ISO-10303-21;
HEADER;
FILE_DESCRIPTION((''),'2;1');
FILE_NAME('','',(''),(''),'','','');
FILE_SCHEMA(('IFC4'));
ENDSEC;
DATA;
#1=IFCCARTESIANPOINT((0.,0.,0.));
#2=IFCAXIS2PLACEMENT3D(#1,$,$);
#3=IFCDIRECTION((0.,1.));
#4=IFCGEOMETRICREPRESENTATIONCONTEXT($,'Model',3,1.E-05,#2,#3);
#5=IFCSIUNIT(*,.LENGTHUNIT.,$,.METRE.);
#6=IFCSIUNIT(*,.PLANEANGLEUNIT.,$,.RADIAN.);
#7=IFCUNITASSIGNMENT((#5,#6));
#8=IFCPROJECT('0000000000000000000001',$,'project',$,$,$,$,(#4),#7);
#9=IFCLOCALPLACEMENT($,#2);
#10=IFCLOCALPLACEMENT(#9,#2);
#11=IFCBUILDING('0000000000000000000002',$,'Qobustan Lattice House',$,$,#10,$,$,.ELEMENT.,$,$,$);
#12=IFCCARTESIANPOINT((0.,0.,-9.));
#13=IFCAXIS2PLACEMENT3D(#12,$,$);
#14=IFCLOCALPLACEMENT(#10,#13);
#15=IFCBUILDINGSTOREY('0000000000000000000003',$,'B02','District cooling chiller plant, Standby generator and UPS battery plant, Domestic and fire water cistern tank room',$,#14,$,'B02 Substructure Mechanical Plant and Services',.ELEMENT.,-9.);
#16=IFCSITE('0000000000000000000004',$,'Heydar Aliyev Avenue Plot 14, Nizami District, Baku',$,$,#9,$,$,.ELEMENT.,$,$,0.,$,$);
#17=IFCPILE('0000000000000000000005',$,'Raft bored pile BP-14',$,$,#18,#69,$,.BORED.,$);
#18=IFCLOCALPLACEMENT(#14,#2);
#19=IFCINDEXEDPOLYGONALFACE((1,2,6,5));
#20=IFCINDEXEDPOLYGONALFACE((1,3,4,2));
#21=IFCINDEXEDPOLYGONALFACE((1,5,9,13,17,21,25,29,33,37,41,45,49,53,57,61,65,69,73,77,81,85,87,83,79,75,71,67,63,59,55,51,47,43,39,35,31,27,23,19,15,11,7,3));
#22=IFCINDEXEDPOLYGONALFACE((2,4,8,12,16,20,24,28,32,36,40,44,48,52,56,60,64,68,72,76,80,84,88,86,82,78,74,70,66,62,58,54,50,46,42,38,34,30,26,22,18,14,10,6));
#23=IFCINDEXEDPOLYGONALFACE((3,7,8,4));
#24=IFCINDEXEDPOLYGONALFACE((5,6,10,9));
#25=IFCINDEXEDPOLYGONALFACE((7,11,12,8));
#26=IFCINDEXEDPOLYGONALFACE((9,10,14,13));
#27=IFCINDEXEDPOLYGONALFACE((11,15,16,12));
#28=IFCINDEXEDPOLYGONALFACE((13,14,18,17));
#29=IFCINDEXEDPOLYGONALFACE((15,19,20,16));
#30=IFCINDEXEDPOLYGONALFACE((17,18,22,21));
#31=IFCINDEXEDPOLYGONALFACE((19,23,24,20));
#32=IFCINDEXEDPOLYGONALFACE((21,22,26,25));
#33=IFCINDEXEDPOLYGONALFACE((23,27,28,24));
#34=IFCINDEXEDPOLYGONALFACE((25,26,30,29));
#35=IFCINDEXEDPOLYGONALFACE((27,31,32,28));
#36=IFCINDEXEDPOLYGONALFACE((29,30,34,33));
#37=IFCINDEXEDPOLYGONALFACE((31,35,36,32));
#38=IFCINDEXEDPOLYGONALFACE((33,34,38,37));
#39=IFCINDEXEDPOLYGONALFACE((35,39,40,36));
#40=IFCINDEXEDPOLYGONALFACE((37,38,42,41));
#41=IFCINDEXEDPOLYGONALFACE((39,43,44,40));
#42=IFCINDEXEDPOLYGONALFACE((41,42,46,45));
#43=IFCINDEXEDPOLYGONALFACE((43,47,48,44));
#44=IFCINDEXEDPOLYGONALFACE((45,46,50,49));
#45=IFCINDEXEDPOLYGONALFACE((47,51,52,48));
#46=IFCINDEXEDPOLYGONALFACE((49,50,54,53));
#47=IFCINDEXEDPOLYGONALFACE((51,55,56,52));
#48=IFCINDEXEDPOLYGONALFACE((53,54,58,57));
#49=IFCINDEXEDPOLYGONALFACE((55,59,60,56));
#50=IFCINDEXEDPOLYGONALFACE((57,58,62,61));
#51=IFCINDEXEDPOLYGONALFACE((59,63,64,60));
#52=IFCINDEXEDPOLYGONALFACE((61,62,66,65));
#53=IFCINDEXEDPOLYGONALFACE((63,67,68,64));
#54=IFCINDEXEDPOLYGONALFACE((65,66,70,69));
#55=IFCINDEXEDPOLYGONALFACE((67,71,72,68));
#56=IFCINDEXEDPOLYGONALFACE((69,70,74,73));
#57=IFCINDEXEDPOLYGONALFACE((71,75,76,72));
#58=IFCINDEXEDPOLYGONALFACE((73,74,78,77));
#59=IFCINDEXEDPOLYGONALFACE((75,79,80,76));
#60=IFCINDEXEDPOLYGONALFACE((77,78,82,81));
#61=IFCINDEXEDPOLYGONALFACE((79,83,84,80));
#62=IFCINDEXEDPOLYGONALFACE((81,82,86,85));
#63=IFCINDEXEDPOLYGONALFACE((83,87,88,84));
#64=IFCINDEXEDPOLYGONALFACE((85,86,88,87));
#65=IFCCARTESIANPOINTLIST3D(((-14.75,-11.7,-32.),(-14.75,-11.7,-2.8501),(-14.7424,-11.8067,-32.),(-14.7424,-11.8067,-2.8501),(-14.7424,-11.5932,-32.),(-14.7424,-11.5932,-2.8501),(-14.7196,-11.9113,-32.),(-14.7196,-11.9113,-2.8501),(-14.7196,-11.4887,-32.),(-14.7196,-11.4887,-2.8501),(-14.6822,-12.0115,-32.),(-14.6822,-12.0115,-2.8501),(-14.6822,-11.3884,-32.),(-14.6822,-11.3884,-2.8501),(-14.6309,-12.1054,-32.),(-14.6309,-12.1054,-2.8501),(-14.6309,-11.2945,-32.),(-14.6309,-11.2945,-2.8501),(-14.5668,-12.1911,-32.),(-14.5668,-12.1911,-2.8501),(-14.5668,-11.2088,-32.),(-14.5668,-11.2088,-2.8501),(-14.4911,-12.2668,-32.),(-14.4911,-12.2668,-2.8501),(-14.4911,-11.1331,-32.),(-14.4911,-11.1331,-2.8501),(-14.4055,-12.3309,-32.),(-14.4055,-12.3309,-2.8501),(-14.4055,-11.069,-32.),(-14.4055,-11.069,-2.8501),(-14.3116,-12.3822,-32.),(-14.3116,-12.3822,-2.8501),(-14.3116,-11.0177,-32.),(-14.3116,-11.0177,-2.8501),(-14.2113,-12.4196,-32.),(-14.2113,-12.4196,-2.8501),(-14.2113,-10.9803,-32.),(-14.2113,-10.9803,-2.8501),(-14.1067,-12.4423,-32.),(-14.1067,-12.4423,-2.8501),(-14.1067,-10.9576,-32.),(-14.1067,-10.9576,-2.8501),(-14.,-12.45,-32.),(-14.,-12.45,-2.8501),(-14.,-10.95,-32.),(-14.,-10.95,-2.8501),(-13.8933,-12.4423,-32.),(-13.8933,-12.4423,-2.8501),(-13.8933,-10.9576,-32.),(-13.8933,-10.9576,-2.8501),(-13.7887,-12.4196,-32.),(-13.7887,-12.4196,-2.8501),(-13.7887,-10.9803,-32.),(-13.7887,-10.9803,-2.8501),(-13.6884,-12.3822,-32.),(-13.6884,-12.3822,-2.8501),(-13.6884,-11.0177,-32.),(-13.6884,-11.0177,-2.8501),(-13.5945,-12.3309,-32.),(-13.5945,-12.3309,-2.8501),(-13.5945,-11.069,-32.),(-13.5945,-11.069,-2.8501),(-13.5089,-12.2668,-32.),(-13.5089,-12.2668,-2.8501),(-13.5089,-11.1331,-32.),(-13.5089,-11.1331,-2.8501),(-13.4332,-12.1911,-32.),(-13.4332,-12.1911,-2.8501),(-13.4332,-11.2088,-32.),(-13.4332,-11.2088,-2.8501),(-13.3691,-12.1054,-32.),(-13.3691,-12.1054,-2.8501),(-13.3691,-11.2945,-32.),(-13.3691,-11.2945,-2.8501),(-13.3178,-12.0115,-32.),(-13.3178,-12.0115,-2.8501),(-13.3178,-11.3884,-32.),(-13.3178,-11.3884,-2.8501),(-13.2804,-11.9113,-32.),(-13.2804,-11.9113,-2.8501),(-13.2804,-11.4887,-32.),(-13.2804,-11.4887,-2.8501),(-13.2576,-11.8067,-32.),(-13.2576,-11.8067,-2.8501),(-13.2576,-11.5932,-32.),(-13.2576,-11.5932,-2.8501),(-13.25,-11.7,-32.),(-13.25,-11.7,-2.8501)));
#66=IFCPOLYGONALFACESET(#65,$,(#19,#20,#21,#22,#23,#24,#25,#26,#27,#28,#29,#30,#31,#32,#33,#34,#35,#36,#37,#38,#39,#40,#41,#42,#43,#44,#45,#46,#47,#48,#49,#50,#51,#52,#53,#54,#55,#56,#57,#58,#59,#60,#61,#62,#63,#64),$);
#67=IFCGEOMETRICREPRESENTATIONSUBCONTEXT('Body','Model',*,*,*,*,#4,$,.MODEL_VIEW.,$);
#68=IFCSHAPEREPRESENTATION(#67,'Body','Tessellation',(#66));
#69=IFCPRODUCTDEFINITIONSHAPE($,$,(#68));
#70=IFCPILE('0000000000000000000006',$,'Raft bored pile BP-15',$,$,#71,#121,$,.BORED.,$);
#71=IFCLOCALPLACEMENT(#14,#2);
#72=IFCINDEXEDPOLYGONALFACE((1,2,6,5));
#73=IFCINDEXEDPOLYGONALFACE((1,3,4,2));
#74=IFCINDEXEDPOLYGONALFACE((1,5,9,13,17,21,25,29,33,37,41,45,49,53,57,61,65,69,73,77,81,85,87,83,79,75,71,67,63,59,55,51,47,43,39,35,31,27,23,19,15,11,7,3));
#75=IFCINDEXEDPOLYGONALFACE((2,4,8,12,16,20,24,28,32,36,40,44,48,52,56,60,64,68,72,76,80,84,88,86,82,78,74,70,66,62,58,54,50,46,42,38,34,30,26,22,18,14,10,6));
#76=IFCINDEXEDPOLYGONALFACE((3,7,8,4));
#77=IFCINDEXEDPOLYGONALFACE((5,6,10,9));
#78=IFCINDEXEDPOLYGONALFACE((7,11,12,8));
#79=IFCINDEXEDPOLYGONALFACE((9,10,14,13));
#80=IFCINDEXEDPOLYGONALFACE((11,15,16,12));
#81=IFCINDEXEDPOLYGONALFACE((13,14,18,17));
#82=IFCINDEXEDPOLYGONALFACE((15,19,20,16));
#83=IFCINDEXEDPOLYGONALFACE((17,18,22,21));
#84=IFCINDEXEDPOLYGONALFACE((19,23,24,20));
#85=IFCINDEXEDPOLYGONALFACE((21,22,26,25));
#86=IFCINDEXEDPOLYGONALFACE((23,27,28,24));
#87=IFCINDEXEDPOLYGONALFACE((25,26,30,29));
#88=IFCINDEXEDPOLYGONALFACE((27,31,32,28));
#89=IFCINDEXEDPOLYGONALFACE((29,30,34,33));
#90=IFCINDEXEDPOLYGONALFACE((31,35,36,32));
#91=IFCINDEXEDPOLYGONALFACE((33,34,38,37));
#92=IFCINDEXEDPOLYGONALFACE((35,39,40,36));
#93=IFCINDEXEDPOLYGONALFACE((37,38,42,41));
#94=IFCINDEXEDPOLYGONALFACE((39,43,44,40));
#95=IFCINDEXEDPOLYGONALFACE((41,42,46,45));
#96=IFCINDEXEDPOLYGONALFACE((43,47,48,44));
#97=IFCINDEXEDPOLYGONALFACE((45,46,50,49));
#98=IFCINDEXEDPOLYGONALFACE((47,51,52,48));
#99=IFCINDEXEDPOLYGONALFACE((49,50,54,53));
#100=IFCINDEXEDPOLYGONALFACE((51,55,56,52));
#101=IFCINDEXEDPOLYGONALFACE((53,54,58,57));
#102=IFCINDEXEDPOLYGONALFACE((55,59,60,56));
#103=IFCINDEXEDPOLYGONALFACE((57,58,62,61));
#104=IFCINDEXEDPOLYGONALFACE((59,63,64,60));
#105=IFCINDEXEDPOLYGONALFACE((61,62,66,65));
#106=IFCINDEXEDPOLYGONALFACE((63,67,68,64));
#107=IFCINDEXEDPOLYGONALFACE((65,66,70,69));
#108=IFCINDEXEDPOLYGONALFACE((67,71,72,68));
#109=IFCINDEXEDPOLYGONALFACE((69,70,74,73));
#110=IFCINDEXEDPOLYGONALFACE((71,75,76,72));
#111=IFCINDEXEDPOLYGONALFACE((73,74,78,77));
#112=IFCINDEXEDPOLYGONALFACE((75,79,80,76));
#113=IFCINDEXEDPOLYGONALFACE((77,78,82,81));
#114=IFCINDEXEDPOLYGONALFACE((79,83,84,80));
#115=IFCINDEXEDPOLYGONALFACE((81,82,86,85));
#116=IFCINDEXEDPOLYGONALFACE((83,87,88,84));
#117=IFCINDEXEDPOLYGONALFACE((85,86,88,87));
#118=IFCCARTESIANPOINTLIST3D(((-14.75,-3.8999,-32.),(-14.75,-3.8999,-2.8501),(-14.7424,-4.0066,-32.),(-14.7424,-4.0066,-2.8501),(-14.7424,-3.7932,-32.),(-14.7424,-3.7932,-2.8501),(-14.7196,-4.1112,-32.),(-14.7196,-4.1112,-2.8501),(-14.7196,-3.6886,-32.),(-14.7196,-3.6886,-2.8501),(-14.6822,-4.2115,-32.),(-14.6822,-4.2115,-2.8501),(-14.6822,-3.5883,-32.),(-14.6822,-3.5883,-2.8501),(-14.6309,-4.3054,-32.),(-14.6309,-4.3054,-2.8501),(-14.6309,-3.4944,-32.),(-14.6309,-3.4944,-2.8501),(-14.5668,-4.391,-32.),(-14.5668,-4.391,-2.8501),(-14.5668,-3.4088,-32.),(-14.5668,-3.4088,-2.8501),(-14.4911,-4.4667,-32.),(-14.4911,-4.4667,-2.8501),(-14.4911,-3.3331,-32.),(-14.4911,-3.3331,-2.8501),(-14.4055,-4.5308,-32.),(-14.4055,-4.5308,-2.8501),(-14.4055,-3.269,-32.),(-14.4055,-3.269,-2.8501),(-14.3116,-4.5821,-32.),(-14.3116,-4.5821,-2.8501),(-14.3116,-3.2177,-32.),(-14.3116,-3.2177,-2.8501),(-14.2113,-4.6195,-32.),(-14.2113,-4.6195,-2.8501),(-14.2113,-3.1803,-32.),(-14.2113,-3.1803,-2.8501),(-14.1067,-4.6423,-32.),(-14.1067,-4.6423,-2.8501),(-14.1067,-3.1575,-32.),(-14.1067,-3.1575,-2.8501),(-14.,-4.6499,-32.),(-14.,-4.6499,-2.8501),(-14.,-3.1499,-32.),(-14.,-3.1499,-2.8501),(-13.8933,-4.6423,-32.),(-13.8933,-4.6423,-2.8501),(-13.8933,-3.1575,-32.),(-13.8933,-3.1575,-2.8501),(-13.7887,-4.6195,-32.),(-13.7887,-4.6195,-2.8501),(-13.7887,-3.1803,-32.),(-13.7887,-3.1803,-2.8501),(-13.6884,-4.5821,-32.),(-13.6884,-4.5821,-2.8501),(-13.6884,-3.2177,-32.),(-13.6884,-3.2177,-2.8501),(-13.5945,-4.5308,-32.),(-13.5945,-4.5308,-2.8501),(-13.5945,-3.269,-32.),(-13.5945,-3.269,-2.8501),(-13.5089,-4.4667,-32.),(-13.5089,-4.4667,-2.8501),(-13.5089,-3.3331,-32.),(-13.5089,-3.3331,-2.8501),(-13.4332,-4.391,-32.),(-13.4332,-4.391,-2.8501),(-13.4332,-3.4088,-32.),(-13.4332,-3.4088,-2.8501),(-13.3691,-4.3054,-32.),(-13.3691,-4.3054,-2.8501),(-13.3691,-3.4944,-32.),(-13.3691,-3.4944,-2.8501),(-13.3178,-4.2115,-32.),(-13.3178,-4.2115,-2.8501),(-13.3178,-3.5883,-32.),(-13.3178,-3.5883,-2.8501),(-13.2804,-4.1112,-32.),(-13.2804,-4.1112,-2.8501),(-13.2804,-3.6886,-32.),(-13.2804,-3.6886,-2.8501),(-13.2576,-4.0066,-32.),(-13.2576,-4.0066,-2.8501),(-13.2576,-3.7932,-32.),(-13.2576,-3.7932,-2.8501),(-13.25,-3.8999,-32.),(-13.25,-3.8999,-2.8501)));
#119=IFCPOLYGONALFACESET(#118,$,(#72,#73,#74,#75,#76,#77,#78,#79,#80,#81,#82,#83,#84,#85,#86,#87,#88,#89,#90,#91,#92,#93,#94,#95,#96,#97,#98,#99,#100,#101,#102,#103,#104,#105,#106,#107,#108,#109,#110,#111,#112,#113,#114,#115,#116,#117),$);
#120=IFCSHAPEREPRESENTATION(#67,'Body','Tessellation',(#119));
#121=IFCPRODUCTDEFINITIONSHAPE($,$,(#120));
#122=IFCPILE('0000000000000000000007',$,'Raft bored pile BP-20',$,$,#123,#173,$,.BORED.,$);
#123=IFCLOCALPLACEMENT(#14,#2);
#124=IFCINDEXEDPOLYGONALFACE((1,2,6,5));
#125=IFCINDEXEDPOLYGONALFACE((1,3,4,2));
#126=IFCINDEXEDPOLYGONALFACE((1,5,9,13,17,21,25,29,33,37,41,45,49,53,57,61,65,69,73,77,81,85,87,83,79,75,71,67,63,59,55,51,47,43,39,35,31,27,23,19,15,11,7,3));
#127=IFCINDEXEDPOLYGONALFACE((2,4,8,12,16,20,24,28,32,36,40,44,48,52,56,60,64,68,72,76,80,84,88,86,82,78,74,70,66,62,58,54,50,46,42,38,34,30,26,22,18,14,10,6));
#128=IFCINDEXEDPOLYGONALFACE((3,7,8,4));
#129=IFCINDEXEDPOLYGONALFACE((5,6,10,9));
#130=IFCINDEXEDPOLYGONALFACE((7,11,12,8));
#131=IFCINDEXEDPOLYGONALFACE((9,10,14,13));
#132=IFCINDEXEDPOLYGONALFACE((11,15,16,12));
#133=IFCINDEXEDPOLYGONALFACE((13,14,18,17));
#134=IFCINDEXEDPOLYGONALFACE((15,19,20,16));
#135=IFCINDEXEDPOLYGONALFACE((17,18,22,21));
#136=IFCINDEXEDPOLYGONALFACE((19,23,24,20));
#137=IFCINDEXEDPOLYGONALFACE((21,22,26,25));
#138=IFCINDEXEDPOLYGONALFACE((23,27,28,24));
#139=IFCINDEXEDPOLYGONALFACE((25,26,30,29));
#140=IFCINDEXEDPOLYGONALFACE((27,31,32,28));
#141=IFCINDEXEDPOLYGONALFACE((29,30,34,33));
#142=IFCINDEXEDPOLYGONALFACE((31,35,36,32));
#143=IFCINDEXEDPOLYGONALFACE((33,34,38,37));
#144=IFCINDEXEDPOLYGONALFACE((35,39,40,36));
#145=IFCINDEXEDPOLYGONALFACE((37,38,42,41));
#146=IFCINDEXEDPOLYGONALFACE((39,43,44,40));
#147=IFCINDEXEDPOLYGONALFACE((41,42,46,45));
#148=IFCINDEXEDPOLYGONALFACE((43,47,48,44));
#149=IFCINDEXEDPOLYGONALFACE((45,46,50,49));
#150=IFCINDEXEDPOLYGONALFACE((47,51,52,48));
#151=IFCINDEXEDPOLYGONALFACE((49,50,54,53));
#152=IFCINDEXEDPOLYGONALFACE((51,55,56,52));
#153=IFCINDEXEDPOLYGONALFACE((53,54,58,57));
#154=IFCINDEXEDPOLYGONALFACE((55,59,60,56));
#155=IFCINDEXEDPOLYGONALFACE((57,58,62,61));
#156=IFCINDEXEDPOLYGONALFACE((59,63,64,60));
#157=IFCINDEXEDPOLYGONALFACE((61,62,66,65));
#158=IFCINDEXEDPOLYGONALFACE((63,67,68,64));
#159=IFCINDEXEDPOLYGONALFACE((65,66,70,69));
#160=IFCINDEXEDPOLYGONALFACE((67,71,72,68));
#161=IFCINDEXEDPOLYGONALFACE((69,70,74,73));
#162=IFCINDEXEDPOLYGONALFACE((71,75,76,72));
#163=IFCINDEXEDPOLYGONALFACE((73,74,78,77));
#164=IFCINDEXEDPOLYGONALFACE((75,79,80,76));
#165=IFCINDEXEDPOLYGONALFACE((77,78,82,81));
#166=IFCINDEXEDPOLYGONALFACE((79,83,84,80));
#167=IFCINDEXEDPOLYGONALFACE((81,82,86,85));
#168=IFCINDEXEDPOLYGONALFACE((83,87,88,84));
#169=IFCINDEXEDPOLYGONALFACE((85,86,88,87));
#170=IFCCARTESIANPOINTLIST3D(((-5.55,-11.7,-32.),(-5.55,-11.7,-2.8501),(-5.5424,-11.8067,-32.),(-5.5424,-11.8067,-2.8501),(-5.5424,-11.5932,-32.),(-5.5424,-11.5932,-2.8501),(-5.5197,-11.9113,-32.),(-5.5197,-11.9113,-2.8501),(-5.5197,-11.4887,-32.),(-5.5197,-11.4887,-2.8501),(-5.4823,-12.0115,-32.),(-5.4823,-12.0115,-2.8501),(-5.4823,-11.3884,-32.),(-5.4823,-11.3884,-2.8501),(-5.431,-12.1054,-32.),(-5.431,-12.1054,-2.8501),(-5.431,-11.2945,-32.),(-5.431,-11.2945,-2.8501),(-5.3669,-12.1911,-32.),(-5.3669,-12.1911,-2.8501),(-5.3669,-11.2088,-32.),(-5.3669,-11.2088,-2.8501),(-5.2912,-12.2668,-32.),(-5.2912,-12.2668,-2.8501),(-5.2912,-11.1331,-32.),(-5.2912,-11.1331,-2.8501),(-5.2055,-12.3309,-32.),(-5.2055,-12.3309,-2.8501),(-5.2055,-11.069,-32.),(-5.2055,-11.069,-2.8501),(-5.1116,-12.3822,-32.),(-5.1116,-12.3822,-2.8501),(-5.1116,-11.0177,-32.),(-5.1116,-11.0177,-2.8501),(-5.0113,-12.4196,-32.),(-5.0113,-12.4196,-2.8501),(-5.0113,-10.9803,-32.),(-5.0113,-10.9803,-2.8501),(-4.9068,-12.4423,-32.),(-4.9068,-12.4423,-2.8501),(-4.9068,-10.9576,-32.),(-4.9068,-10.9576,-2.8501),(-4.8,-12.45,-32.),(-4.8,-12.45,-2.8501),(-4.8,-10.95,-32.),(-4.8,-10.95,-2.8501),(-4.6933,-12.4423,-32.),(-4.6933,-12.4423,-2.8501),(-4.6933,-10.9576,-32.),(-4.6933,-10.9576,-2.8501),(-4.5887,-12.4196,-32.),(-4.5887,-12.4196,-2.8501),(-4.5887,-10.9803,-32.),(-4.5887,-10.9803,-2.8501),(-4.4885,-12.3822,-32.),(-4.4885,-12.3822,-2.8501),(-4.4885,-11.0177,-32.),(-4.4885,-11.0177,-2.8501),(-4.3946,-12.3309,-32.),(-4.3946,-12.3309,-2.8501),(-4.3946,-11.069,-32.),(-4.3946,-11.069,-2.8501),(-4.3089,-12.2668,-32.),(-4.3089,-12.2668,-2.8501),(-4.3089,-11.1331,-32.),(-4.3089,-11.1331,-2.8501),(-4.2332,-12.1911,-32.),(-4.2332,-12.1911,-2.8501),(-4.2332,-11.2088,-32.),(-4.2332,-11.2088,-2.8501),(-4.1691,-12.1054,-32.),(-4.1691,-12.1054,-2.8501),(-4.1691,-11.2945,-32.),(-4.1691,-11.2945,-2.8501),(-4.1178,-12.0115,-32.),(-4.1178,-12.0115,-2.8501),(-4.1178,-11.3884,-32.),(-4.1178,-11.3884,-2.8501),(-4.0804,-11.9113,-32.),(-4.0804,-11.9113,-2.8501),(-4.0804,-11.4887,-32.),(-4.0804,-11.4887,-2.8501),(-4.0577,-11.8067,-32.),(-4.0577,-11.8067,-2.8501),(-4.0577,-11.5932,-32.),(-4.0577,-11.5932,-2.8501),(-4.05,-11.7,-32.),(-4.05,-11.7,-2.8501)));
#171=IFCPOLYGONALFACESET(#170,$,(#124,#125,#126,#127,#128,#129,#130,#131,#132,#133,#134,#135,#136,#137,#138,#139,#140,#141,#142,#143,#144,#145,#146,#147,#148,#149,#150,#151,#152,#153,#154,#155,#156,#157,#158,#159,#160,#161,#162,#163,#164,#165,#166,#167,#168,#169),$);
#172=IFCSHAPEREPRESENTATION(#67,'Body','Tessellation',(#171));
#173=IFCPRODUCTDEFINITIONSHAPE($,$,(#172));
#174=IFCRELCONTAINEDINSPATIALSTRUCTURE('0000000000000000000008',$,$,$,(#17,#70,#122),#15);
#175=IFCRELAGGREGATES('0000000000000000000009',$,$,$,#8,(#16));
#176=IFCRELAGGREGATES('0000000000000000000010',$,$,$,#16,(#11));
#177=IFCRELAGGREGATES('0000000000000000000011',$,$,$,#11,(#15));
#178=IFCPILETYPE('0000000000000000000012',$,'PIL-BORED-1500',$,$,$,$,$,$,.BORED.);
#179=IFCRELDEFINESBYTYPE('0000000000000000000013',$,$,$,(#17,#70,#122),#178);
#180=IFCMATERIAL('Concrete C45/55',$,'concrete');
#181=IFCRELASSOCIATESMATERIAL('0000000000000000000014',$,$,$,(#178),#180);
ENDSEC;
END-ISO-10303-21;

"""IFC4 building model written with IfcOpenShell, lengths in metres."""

from ifc_helpers import new_model, si_unit, direction, frame, origin, origin_2d, place, context, subcontext, project, spatial, circle, extrude, material, material_profile, profile_set, type_object, element, save


model = new_model("IFC4")

# Units and contexts
model_context = context("Model", 3, precision=1e-05, world=origin(), true_north=direction((0.0, 1.0)))
body_context = subcontext(model_context, "Body", "Model", "MODEL_VIEW")
ifc_project = project(units=[si_unit("LENGTHUNIT", "METRE"), si_unit("PLANEANGLEUNIT", "RADIAN")], contexts=[model_context])

# Site, building, storey
site_placement = place(None, origin())
site = spatial("IfcSite", under=ifc_project, at=site_placement, Name="Heydar Aliyev Avenue Plot 14, Nizami District, Baku", CompositionType="ELEMENT", RefElevation=0.0)
building_placement = place(site_placement, origin())
building = spatial("IfcBuilding", under=site, at=building_placement, Name="Qobustan Lattice House", CompositionType="ELEMENT")
storey_placement = place(building_placement, frame((0.0, 0.0, -9.0)))
storey = spatial("IfcBuildingStorey", under=building, at=storey_placement, Name="B02", Description="District cooling chiller plant, Standby generator and UPS battery plant, Domestic and fire water cistern tank room", LongName="B02 Substructure Mechanical Plant and Services", CompositionType="ELEMENT", Elevation=-9.0)

# Piles
ifc_material_1 = material(Name="Concrete C45/55", Category="concrete")
ifc_material_profile_1 = material_profile(ifc_material_1, circle(Radius=0.75, at=origin_2d()), Name="PILE-D1500")
ifc_profile_set_1 = profile_set([ifc_material_profile_1], Name="Concrete C45/55")
pile_type = type_object("IfcPileType", Name="PIL-BORED-1500", PredefinedType="BORED", material=ifc_profile_set_1)
for number, where, z_axis, x_axis, name in (
    (1, (-14.0, -11.7, -2.8501), (0.0, 0.0, -1.0), (1.0, 0.0, 0.0), "Raft bored pile BP-14"),
    (2, (-14.0, -3.8999, -2.8501), (0.0, 0.0, -1.0), (1.0, 0.0, 0.0), "Raft bored pile BP-15"),
    (3, (-4.8, -11.7, -2.8501), (0.0, 0.0, -1.0), (1.0, 0.0, 0.0), "Raft bored pile BP-20"),
):
    element("IfcPile", number, at=place(storey_placement, frame(where, z_axis=z_axis, x_axis=x_axis)), inside=storey, type_object=pile_type, Name=name, PredefinedType="BORED", context=body_context, shape_type="SweptSolid", body=[
        extrude(circle(Radius=0.75, at=origin_2d()), origin(), (0.0, 0.0, 1.0), 29.1499),
    ])

save(model, "model.ifc")
